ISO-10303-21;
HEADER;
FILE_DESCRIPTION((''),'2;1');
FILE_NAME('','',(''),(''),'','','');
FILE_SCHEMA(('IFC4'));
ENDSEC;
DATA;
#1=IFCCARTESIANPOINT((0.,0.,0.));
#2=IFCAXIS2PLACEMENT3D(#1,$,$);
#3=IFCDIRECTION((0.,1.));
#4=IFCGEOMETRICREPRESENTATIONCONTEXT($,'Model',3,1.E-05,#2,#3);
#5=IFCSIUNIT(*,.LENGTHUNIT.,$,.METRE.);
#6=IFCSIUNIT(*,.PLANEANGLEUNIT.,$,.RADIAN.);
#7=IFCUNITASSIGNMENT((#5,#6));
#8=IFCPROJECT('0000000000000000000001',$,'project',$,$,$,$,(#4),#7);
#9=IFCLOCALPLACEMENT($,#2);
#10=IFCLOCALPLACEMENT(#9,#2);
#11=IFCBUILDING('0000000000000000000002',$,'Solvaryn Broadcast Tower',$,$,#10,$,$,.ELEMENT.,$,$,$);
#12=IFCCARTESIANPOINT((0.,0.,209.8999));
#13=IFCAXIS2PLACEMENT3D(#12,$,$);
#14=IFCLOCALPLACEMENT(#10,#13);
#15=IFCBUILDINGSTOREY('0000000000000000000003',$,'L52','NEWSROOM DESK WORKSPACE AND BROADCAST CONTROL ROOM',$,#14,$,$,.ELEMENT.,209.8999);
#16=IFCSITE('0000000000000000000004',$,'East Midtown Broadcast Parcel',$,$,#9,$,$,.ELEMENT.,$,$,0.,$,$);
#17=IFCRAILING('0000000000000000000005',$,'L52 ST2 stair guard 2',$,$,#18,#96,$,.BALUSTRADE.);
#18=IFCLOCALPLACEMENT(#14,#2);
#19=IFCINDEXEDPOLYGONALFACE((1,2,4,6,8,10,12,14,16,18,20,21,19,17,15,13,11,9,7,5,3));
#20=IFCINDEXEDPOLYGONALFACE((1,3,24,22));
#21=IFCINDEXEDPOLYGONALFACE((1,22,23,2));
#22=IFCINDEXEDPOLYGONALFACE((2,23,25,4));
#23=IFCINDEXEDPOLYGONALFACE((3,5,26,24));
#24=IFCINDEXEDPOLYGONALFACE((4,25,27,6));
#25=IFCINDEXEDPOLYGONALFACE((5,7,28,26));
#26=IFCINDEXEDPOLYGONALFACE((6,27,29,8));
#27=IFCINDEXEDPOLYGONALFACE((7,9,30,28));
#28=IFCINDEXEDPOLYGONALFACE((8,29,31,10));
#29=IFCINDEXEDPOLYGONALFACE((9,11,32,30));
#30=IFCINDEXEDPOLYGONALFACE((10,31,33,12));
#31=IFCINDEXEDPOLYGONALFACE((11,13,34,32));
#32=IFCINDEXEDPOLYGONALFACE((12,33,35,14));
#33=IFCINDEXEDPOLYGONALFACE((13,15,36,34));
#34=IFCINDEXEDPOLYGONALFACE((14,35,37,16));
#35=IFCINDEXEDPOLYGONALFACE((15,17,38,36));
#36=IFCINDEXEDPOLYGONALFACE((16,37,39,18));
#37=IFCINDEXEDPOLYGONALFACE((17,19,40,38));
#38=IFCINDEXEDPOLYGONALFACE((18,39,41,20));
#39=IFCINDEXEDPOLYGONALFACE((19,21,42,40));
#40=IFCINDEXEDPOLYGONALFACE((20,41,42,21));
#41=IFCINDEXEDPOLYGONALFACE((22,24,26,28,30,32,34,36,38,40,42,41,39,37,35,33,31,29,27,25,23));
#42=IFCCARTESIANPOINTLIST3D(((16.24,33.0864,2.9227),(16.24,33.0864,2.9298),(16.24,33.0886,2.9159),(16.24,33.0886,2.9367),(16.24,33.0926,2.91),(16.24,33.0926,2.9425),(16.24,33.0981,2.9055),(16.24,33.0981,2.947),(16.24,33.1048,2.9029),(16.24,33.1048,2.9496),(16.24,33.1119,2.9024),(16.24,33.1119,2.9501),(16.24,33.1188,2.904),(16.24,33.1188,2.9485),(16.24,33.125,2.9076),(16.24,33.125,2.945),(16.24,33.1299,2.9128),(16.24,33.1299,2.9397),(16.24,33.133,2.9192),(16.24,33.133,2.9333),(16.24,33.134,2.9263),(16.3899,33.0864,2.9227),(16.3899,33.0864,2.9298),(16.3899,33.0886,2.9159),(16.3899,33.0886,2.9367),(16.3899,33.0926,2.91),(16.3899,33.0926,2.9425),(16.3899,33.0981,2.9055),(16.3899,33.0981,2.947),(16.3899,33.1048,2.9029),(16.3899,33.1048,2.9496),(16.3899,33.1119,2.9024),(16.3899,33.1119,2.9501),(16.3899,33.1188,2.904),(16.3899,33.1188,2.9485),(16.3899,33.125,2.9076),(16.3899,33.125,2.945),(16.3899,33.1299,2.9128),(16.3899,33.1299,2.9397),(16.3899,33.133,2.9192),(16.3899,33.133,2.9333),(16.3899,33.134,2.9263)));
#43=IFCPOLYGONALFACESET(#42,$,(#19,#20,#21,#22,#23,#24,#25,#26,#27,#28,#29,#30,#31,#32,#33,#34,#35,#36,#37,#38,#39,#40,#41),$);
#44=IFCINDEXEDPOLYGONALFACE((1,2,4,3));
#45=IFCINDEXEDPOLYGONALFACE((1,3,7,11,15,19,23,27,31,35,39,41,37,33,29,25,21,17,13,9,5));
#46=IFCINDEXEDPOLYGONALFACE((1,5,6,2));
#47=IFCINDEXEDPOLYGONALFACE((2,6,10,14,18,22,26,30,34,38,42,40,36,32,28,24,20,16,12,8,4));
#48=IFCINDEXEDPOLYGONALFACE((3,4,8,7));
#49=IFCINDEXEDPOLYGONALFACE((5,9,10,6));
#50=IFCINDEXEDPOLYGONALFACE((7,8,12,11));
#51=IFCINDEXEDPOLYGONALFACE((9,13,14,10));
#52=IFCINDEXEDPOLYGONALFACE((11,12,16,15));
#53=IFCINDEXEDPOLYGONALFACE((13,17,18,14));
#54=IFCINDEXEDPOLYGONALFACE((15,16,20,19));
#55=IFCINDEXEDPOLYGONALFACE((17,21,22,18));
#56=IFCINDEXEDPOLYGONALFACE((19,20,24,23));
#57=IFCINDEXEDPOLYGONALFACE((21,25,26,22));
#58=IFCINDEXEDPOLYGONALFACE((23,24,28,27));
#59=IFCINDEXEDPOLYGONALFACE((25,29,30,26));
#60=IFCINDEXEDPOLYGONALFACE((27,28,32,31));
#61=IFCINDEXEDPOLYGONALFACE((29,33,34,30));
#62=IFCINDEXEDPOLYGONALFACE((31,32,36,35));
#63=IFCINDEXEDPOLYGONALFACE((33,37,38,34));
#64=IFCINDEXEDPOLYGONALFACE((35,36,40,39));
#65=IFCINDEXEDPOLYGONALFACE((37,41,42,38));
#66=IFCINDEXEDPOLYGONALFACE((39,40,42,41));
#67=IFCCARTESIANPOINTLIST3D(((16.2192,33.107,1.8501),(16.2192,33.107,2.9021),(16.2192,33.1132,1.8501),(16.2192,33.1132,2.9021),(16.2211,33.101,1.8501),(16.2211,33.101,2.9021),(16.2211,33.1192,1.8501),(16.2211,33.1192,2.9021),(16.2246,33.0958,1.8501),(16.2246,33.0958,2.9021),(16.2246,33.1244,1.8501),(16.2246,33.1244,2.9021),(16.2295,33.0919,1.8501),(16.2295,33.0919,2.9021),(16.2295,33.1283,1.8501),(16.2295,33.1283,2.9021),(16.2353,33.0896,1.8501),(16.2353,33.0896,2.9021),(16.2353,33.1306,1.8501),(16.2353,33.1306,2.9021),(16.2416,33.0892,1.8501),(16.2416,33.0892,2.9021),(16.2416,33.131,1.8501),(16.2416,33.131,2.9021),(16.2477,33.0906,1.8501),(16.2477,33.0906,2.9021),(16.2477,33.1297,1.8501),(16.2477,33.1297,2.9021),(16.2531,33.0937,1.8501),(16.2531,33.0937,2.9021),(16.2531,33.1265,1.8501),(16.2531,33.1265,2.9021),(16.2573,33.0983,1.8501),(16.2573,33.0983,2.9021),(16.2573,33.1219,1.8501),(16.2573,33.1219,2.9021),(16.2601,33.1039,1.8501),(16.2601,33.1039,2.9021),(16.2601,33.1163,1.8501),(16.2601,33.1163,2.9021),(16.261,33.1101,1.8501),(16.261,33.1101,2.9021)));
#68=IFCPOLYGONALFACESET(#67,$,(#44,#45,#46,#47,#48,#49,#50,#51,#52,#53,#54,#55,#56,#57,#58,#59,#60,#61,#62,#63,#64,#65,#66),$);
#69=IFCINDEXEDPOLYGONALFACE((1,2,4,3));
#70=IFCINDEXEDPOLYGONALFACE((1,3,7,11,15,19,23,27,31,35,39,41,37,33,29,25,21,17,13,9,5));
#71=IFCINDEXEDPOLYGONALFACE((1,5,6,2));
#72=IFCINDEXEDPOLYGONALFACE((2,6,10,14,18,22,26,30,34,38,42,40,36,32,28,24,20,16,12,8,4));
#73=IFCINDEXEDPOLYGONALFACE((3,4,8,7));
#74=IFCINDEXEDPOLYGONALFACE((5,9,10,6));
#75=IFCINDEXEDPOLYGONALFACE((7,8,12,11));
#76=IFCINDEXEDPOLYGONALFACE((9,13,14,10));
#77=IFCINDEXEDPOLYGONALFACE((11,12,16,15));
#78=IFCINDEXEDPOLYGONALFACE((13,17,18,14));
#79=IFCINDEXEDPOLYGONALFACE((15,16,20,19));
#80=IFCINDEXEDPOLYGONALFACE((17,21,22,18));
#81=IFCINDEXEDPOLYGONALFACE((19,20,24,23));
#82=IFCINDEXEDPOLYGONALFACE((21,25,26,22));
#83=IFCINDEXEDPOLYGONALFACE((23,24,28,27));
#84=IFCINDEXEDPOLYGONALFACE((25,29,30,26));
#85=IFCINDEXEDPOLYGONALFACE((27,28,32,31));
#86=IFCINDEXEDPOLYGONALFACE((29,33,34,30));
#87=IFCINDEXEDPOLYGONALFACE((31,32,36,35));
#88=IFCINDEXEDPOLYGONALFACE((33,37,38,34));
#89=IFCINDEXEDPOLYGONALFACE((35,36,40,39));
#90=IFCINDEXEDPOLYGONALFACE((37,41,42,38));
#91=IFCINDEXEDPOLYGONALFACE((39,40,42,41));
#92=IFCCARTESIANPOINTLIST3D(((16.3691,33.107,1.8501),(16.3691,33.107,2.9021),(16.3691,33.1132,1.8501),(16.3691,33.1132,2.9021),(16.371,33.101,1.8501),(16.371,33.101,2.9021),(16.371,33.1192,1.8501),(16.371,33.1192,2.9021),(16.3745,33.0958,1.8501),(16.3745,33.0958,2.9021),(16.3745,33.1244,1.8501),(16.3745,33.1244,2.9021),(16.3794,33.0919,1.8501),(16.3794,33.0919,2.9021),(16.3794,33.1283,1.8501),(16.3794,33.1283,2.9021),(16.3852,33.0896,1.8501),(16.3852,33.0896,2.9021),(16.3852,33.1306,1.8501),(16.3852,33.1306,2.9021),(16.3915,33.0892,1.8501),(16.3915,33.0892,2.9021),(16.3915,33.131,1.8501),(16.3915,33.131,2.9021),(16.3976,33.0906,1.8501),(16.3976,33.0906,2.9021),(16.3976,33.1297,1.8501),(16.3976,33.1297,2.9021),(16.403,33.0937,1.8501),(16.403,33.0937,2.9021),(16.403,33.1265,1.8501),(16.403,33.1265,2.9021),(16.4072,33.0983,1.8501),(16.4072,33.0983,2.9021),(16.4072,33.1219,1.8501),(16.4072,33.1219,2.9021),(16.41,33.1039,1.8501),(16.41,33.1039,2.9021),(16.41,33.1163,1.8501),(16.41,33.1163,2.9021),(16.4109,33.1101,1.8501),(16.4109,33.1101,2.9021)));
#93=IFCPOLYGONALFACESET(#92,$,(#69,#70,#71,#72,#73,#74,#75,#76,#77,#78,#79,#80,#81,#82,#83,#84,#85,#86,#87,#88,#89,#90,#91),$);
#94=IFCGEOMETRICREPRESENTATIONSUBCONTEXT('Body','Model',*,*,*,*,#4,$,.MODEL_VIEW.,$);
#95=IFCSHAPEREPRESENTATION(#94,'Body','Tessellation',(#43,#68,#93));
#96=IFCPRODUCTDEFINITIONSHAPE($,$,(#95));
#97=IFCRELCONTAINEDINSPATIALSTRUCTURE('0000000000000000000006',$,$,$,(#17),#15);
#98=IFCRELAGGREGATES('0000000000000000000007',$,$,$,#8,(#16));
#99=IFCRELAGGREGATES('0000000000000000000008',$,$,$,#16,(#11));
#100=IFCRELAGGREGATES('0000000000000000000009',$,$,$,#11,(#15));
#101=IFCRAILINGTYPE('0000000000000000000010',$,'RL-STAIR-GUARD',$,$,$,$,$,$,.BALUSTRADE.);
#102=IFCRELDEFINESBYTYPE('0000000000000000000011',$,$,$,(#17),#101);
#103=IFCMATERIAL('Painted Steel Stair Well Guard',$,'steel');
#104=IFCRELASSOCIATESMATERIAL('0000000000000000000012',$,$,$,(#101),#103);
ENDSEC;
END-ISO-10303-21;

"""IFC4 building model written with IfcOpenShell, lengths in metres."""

from ifc_helpers import new_model, si_unit, direction, frame, origin, origin_2d, place, context, subcontext, project, spatial, circle, extrude, material, type_object, element, save


model = new_model("IFC4")

# Units and contexts
model_context = context("Model", 3, precision=1e-05, world=origin(), true_north=direction((0.0, 1.0)))
body_context = subcontext(model_context, "Body", "Model", "MODEL_VIEW")
ifc_project = project(units=[si_unit("LENGTHUNIT", "METRE"), si_unit("PLANEANGLEUNIT", "RADIAN")], contexts=[model_context])

# Site, building, storey
site_placement = place(None, origin())
site = spatial("IfcSite", under=ifc_project, at=site_placement, Name="East Midtown Broadcast Parcel", CompositionType="ELEMENT", RefElevation=0.0)
building_placement = place(site_placement, origin())
building = spatial("IfcBuilding", under=site, at=building_placement, Name="Solvaryn Broadcast Tower", CompositionType="ELEMENT")
storey_placement = place(building_placement, frame((0.0, 0.0, 209.8999)))
storey = spatial("IfcBuildingStorey", under=building, at=storey_placement, Name="L52", Description="NEWSROOM DESK WORKSPACE AND BROADCAST CONTROL ROOM", CompositionType="ELEMENT", Elevation=209.8999)

# Railing
ifc_material_1 = material(Name="Painted Steel Stair Well Guard", Category="steel")
railing_type_1 = type_object("IfcRailingType", Name="RL-STAIR-GUARD", PredefinedType="BALUSTRADE", material=ifc_material_1)
railing_1_placement = place(storey_placement, frame((16.24, 33.1101, 1.8501)))
element("IfcRailing", 1, at=railing_1_placement, inside=storey, type_object=railing_type_1, Name="L52 ST2 stair guard 2", PredefinedType="BALUSTRADE", context=body_context, shape_type="SweptSolid", body=[
    extrude(circle(Radius=0.0239, at=origin_2d()), frame((0.0, 0.0, 1.0762), z_axis=(1.0, 0.0, 0.0), x_axis=(0.0, 1.0, 0.0)), (0.0, 0.0, 1.0), 0.1499),
    extrude(circle(Radius=0.021, at=origin_2d()), origin(), (0.0, 0.0, 1.0), 1.052),
    extrude(circle(Radius=0.021, at=origin_2d()), frame((0.1499, 0.0, 0.0)), (0.0, 0.0, 1.0), 1.052),
])

save(model, "model.ifc")
